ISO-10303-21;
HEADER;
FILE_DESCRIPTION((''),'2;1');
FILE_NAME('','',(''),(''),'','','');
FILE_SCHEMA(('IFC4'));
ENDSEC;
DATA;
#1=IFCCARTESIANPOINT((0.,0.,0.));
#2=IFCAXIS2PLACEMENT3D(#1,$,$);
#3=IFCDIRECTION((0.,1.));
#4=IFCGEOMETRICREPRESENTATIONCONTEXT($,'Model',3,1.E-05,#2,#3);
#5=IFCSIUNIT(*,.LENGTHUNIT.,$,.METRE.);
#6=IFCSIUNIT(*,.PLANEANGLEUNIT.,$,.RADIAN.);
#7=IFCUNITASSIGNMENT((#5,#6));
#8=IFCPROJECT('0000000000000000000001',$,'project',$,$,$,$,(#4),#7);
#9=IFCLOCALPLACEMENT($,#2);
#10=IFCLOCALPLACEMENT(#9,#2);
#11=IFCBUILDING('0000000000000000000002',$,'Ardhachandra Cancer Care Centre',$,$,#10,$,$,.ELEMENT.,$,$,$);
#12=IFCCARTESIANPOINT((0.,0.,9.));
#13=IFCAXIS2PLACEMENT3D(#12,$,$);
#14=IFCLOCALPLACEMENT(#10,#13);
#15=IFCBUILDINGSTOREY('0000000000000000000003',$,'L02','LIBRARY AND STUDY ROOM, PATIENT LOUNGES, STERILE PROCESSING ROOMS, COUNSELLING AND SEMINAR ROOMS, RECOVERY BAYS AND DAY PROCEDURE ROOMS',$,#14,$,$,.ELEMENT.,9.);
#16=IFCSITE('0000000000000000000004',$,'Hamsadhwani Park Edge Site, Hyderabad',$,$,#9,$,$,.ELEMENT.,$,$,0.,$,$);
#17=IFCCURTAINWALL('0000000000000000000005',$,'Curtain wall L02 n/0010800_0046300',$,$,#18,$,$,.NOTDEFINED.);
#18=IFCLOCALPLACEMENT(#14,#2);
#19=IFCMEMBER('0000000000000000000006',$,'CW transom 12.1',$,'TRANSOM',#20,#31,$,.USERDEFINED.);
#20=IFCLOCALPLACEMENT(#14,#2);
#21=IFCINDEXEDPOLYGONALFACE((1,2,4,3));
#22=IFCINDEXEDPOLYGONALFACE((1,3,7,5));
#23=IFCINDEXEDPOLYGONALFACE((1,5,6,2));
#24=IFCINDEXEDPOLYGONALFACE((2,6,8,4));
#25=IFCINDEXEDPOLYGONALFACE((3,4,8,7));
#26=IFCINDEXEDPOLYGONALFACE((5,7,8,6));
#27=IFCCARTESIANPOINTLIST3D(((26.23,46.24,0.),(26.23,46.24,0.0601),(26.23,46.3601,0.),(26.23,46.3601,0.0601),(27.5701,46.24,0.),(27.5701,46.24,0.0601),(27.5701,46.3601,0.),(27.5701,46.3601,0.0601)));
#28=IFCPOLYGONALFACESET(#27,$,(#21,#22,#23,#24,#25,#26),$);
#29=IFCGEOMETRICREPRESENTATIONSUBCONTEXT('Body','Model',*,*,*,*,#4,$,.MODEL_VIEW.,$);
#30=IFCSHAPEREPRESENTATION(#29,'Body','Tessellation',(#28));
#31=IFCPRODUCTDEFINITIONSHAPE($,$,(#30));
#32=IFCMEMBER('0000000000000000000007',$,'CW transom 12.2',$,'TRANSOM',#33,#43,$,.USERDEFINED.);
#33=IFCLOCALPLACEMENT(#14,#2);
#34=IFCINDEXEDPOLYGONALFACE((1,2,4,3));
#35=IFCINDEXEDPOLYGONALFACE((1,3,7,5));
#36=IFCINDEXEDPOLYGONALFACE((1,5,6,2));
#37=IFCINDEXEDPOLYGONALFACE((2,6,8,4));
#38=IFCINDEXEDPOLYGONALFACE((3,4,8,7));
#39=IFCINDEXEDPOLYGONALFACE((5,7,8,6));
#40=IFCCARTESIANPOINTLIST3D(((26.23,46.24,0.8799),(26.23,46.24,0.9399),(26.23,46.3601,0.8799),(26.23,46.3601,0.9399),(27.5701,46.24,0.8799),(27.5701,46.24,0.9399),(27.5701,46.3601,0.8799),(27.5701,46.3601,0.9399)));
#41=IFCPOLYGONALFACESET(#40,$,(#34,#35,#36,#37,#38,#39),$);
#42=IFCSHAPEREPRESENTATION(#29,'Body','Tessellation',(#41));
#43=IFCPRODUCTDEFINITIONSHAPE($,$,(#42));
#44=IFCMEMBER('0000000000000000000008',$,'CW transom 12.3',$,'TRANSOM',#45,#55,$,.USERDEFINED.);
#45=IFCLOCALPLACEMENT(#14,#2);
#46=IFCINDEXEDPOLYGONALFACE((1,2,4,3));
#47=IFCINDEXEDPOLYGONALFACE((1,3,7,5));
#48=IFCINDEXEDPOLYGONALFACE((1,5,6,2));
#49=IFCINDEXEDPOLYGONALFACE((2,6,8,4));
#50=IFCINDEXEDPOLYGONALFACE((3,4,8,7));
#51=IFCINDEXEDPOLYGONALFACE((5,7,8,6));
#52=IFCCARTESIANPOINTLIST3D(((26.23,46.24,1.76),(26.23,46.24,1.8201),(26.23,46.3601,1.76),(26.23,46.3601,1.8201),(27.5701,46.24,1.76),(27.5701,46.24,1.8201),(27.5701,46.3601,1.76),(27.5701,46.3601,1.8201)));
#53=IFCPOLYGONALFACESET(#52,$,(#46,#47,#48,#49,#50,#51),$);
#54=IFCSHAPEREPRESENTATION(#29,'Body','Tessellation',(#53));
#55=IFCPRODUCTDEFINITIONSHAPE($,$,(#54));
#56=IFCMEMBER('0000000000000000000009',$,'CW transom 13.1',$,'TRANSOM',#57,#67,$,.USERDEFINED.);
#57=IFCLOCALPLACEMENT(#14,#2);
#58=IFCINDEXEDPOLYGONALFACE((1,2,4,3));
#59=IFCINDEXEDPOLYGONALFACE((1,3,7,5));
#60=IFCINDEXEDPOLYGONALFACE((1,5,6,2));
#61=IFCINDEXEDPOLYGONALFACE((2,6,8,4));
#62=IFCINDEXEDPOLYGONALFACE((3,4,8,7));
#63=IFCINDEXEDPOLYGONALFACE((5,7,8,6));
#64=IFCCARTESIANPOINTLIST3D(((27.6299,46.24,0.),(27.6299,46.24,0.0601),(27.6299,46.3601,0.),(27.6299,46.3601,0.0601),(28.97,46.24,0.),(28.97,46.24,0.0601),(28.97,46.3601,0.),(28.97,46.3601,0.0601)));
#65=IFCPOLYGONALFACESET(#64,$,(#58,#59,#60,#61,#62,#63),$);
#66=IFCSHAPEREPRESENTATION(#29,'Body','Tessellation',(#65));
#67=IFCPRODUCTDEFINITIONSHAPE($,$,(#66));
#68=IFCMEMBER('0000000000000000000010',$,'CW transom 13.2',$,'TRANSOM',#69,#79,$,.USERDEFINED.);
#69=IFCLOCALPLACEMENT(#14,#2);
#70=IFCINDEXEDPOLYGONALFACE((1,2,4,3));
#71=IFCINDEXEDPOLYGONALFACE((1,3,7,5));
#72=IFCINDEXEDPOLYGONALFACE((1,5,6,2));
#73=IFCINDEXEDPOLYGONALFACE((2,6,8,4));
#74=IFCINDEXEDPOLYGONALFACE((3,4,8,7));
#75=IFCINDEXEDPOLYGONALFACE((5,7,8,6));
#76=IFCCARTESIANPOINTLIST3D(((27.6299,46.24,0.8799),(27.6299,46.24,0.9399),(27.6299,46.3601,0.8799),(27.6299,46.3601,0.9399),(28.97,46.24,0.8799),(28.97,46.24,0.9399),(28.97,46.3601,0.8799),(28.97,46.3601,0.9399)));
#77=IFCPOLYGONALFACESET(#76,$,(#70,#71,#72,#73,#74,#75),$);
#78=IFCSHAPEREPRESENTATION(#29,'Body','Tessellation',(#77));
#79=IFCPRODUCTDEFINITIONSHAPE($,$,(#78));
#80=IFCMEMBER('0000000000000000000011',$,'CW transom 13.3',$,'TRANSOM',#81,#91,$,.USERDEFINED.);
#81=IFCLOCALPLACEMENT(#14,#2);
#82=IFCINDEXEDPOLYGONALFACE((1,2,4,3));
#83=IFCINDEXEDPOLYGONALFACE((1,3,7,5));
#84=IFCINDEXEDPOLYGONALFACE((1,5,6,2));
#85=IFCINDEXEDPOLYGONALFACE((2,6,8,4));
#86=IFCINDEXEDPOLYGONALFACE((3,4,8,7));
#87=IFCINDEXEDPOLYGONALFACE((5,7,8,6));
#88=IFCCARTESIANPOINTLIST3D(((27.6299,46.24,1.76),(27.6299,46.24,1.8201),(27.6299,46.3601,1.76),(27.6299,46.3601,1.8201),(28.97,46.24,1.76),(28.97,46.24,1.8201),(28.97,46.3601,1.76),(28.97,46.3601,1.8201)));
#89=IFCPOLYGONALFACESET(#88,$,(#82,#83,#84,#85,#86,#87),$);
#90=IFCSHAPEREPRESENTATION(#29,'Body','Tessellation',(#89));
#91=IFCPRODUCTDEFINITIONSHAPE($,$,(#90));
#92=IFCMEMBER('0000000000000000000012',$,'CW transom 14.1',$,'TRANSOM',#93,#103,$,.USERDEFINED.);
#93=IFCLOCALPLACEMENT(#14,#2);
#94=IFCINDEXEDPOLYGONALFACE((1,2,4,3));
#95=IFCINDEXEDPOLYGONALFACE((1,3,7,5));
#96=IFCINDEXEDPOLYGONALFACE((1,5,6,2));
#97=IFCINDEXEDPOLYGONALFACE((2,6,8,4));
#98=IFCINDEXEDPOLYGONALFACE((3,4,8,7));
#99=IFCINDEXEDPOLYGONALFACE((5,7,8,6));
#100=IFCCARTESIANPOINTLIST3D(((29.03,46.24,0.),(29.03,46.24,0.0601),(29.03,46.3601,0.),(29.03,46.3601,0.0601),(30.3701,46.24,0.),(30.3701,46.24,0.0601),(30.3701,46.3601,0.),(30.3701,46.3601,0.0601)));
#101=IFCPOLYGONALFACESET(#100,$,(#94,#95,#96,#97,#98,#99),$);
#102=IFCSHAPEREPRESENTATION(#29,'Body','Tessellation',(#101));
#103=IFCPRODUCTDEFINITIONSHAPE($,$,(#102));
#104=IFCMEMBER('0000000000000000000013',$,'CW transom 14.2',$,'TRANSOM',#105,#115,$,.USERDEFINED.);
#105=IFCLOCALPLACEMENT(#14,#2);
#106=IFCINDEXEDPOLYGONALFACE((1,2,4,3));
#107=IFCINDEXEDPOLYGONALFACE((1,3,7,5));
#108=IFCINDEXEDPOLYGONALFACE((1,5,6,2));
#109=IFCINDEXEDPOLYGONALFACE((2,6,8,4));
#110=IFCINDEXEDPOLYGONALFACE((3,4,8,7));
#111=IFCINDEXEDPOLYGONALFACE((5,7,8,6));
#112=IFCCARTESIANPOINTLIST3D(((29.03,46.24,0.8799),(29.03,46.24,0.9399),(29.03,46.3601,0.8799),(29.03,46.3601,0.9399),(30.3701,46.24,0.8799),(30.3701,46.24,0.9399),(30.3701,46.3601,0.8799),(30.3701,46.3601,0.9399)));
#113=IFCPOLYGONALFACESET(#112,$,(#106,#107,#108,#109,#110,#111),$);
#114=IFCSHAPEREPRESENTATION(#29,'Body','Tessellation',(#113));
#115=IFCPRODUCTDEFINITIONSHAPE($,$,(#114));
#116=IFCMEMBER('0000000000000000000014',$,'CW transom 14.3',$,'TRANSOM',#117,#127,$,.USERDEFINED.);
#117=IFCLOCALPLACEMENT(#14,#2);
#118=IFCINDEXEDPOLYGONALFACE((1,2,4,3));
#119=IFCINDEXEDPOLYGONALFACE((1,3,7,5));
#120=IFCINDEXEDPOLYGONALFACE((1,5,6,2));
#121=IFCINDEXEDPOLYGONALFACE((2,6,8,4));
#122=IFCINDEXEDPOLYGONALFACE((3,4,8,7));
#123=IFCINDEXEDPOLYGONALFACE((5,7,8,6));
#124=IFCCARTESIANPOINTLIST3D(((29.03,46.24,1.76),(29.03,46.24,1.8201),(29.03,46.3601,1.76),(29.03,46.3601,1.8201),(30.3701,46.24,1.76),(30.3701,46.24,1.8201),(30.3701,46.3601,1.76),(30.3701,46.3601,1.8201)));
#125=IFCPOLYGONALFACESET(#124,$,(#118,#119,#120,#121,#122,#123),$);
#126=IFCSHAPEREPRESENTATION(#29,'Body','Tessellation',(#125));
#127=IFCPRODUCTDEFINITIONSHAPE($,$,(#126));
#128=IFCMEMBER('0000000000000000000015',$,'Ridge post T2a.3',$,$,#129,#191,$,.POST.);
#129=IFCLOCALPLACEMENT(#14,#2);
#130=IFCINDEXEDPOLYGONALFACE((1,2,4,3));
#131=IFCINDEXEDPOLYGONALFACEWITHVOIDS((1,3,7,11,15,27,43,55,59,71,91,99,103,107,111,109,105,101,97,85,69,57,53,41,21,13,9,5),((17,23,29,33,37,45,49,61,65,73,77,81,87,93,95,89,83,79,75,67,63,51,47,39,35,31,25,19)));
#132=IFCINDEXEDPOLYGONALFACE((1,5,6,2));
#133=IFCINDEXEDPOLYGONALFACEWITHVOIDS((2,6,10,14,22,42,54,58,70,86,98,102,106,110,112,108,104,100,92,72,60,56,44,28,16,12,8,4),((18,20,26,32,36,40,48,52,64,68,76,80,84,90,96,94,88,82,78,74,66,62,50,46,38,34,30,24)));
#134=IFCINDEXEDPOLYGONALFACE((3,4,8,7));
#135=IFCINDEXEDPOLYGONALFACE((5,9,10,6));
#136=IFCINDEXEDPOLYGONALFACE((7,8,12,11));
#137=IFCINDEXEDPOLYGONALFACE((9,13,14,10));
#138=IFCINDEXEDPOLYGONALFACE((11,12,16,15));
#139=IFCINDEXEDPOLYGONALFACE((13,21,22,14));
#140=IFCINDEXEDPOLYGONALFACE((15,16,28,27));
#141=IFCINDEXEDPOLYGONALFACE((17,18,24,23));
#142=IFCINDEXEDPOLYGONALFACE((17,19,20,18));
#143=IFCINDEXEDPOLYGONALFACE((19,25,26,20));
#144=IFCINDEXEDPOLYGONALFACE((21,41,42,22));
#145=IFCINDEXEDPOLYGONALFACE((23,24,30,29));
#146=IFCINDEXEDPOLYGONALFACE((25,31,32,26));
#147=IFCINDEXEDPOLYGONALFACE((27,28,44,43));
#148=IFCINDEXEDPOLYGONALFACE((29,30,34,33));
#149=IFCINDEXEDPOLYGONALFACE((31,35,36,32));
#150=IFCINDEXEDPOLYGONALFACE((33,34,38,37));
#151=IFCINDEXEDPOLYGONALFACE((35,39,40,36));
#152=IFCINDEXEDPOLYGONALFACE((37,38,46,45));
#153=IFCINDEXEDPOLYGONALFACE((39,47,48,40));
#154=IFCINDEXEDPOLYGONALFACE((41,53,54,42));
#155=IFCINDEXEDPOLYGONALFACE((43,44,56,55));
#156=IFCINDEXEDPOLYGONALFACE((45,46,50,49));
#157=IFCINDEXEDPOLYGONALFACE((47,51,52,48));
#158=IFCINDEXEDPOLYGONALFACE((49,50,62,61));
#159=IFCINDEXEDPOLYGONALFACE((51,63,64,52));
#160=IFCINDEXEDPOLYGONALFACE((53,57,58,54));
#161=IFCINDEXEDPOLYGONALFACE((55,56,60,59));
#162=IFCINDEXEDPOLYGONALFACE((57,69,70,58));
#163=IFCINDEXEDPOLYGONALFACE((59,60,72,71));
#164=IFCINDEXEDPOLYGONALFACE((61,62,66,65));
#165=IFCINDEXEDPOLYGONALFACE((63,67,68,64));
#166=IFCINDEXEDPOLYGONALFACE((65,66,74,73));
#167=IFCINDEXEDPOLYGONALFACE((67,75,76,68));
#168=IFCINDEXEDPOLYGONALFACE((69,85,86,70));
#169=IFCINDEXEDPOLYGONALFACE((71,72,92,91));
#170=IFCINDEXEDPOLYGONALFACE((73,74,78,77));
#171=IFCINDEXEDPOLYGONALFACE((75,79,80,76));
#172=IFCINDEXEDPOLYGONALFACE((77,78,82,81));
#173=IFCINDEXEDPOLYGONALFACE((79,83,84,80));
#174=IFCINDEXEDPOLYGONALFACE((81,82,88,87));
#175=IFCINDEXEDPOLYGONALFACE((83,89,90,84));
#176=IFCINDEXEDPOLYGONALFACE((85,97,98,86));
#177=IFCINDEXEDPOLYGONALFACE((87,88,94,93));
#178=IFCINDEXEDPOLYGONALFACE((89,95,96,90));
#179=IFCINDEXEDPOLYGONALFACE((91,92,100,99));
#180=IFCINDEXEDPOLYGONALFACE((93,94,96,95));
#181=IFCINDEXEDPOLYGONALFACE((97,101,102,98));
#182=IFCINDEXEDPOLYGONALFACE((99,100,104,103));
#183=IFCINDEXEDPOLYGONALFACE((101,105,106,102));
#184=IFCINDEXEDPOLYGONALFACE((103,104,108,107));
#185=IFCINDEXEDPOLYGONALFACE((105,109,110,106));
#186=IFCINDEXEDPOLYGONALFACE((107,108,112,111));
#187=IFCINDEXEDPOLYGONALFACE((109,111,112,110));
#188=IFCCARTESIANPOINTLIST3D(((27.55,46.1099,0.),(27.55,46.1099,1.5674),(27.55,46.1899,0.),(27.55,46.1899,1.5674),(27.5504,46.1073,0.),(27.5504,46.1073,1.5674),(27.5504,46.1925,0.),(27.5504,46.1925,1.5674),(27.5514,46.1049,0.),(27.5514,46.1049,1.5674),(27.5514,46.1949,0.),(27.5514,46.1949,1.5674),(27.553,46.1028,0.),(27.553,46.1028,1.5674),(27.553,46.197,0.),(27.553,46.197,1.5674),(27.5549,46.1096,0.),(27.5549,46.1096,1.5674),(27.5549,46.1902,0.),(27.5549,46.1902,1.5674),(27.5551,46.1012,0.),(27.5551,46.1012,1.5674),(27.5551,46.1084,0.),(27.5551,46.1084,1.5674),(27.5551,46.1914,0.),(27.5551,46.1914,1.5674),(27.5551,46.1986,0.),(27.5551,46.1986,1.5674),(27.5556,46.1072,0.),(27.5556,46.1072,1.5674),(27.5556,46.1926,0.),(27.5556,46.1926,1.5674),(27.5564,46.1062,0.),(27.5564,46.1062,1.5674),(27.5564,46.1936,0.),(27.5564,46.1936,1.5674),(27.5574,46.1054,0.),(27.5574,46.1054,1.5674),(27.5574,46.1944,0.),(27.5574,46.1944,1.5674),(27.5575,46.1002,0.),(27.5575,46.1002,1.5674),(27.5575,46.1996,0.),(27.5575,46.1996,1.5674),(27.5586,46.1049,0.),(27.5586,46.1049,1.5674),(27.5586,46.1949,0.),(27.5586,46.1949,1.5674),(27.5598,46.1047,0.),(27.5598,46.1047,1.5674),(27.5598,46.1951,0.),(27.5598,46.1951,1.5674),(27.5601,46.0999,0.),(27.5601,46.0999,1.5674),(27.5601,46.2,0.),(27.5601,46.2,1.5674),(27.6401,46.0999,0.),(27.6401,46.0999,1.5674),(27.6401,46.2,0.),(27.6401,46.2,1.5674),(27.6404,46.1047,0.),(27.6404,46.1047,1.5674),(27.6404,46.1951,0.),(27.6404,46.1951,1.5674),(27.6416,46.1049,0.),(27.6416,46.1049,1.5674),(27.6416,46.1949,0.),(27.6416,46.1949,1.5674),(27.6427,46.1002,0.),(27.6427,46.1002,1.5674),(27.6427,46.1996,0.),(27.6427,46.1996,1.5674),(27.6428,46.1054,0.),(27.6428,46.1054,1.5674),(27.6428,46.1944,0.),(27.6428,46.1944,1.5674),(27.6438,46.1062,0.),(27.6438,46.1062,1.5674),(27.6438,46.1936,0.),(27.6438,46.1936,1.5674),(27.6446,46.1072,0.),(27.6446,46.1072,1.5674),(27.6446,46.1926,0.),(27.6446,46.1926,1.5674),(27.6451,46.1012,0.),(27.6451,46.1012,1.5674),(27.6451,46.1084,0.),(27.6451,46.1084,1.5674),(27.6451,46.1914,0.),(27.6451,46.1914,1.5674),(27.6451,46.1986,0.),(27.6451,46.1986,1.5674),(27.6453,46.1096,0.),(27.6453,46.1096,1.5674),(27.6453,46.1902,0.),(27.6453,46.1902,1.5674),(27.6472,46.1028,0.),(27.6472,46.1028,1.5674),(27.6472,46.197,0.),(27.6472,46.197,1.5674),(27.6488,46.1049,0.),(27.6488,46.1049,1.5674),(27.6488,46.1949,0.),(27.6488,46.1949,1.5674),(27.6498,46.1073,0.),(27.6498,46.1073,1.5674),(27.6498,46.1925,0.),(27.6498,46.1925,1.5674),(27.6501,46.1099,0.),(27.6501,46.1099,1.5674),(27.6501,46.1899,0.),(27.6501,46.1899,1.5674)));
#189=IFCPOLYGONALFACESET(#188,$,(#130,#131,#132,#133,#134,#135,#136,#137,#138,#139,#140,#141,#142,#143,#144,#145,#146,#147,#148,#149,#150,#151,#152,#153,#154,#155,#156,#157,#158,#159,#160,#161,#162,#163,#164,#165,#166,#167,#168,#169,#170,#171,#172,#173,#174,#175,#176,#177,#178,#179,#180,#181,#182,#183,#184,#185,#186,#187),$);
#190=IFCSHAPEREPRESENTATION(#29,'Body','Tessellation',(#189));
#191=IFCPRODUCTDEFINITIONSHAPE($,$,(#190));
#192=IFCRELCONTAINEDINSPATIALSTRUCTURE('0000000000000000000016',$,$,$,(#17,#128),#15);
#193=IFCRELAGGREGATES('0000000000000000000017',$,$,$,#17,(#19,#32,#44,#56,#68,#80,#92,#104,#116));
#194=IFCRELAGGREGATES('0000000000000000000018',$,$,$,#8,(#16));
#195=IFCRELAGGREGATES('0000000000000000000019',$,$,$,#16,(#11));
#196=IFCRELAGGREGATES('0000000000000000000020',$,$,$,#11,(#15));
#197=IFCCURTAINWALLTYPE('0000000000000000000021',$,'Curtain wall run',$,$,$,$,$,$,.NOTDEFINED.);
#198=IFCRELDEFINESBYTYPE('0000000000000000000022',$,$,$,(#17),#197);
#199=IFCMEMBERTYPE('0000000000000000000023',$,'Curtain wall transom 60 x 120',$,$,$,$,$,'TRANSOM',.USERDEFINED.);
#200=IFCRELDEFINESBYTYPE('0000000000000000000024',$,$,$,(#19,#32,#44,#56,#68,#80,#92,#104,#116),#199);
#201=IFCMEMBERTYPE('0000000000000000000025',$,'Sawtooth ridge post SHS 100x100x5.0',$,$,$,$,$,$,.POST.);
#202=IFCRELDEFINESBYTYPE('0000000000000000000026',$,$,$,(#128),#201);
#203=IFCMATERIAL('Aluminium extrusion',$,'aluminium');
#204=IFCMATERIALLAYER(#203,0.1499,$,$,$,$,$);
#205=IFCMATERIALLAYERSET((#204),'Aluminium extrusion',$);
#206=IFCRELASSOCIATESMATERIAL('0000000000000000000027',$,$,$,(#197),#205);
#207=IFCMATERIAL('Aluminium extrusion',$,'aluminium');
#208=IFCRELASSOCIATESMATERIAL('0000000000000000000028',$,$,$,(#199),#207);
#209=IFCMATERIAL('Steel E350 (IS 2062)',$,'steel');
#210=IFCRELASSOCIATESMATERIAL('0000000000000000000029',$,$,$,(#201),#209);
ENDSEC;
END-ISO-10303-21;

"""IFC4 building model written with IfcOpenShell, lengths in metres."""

from ifc_helpers import new_model, si_unit, direction, frame, origin, origin_2d, place, context, subcontext, project, spatial, rectangle, hollow_rectangle, extrude, material, layer, layer_set, material_profile, profile_set, type_object, element, aggregate, save


model = new_model("IFC4")

# Units and contexts
model_context = context("Model", 3, precision=1e-05, world=origin(), true_north=direction((0.0, 1.0)))
body_context = subcontext(model_context, "Body", "Model", "MODEL_VIEW")
ifc_project = project(units=[si_unit("LENGTHUNIT", "METRE"), si_unit("PLANEANGLEUNIT", "RADIAN")], contexts=[model_context])

# Site, building, storey
site_placement = place(None, origin())
site = spatial("IfcSite", under=ifc_project, at=site_placement, Name="Hamsadhwani Park Edge Site, Hyderabad", CompositionType="ELEMENT", RefElevation=0.0)
building_placement = place(site_placement, origin())
building = spatial("IfcBuilding", under=site, at=building_placement, Name="Ardhachandra Cancer Care Centre", CompositionType="ELEMENT")
storey_placement = place(building_placement, frame((0.0, 0.0, 9.0)))
storey = spatial("IfcBuildingStorey", under=building, at=storey_placement, Name="L02", Description="LIBRARY AND STUDY ROOM, PATIENT LOUNGES, STERILE PROCESSING ROOMS, COUNSELLING AND SEMINAR ROOMS, RECOVERY BAYS AND DAY PROCEDURE ROOMS", CompositionType="ELEMENT", Elevation=9.0)

# Curtain wall, members
ifc_material_1 = material(Name="Aluminium extrusion", Category="aluminium")
ifc_layer_1 = layer(ifc_material_1, 0.1499)
ifc_layer_set_1 = layer_set([ifc_layer_1], Name="Aluminium extrusion")
curtain_wall_type = type_object("IfcCurtainWallType", Name="Curtain wall run", PredefinedType="NOTDEFINED", material=ifc_layer_set_1)
curtain_wall_placement = place(storey_placement, origin())
curtain_wall = element("IfcCurtainWall", 1, at=curtain_wall_placement, inside=storey, type_object=curtain_wall_type, Name="Curtain wall L02 n/0010800_0046300", PredefinedType="NOTDEFINED")
ifc_material_2 = material(Name="Aluminium extrusion", Category="aluminium")
ifc_material_profile_1 = material_profile(ifc_material_2, rectangle(XDim=0.1201, YDim=0.0601, at=origin_2d()), Name="Curtain wall transom 60 x 120")
ifc_profile_set_1 = profile_set([ifc_material_profile_1], Name="Aluminium extrusion")
member_type_1 = type_object("IfcMemberType", Name="Curtain wall transom 60 x 120", ElementType="TRANSOM", PredefinedType="USERDEFINED", material=ifc_profile_set_1)
member_1_placement = place(storey_placement, frame((26.23, 46.3, 0.03), z_axis=(1.0, 0.0, 0.0), x_axis=(0.0, 1.0, 0.0)))
member_1 = element("IfcMember", 2, at=member_1_placement, type_object=member_type_1, Name="CW transom 12.1", ObjectType="TRANSOM", PredefinedType="USERDEFINED", context=body_context, shape_type="SweptSolid", body=[
    extrude(rectangle(XDim=0.1201, YDim=0.0601, at=origin_2d()), origin(), (0.0, 0.0, 1.0), 1.3401),
])
member_2_placement = place(storey_placement, frame((26.23, 46.3, 0.9099), z_axis=(1.0, 0.0, 0.0), x_axis=(0.0, 1.0, 0.0)))
member_2 = element("IfcMember", 3, at=member_2_placement, type_object=member_type_1, Name="CW transom 12.2", ObjectType="TRANSOM", PredefinedType="USERDEFINED", context=body_context, shape_type="SweptSolid", body=[
    extrude(rectangle(XDim=0.1201, YDim=0.0601, at=origin_2d()), origin(), (0.0, 0.0, 1.0), 1.3401),
])
member_3_placement = place(storey_placement, frame((26.23, 46.3, 1.79), z_axis=(1.0, 0.0, 0.0), x_axis=(0.0, 1.0, 0.0)))
member_3 = element("IfcMember", 4, at=member_3_placement, type_object=member_type_1, Name="CW transom 12.3", ObjectType="TRANSOM", PredefinedType="USERDEFINED", context=body_context, shape_type="SweptSolid", body=[
    extrude(rectangle(XDim=0.1201, YDim=0.0601, at=origin_2d()), origin(), (0.0, 0.0, 1.0), 1.3401),
])
member_4_placement = place(storey_placement, frame((27.6299, 46.3, 0.03), z_axis=(1.0, 0.0, 0.0), x_axis=(0.0, 1.0, 0.0)))
member_4 = element("IfcMember", 5, at=member_4_placement, type_object=member_type_1, Name="CW transom 13.1", ObjectType="TRANSOM", PredefinedType="USERDEFINED", context=body_context, shape_type="SweptSolid", body=[
    extrude(rectangle(XDim=0.1201, YDim=0.0601, at=origin_2d()), origin(), (0.0, 0.0, 1.0), 1.3401),
])
member_5_placement = place(storey_placement, frame((27.6299, 46.3, 0.9099), z_axis=(1.0, 0.0, 0.0), x_axis=(0.0, 1.0, 0.0)))
member_5 = element("IfcMember", 6, at=member_5_placement, type_object=member_type_1, Name="CW transom 13.2", ObjectType="TRANSOM", PredefinedType="USERDEFINED", context=body_context, shape_type="SweptSolid", body=[
    extrude(rectangle(XDim=0.1201, YDim=0.0601, at=origin_2d()), origin(), (0.0, 0.0, 1.0), 1.3401),
])
member_6_placement = place(storey_placement, frame((27.6299, 46.3, 1.79), z_axis=(1.0, 0.0, 0.0), x_axis=(0.0, 1.0, 0.0)))
member_6 = element("IfcMember", 7, at=member_6_placement, type_object=member_type_1, Name="CW transom 13.3", ObjectType="TRANSOM", PredefinedType="USERDEFINED", context=body_context, shape_type="SweptSolid", body=[
    extrude(rectangle(XDim=0.1201, YDim=0.0601, at=origin_2d()), origin(), (0.0, 0.0, 1.0), 1.3401),
])
member_7_placement = place(storey_placement, frame((29.03, 46.3, 0.03), z_axis=(1.0, 0.0, 0.0), x_axis=(0.0, 1.0, 0.0)))
member_7 = element("IfcMember", 8, at=member_7_placement, type_object=member_type_1, Name="CW transom 14.1", ObjectType="TRANSOM", PredefinedType="USERDEFINED", context=body_context, shape_type="SweptSolid", body=[
    extrude(rectangle(XDim=0.1201, YDim=0.0601, at=origin_2d()), origin(), (0.0, 0.0, 1.0), 1.3401),
])
member_8_placement = place(storey_placement, frame((29.03, 46.3, 0.9099), z_axis=(1.0, 0.0, 0.0), x_axis=(0.0, 1.0, 0.0)))
member_8 = element("IfcMember", 9, at=member_8_placement, type_object=member_type_1, Name="CW transom 14.2", ObjectType="TRANSOM", PredefinedType="USERDEFINED", context=body_context, shape_type="SweptSolid", body=[
    extrude(rectangle(XDim=0.1201, YDim=0.0601, at=origin_2d()), origin(), (0.0, 0.0, 1.0), 1.3401),
])
member_9_placement = place(storey_placement, frame((29.03, 46.3, 1.79), z_axis=(1.0, 0.0, 0.0), x_axis=(0.0, 1.0, 0.0)))
member_9 = element("IfcMember", 10, at=member_9_placement, type_object=member_type_1, Name="CW transom 14.3", ObjectType="TRANSOM", PredefinedType="USERDEFINED", context=body_context, shape_type="SweptSolid", body=[
    extrude(rectangle(XDim=0.1201, YDim=0.0601, at=origin_2d()), origin(), (0.0, 0.0, 1.0), 1.3401),
])

# Member
ifc_material_3 = material(Name="Steel E350 (IS 2062)", Category="steel")
ifc_material_profile_2 = material_profile(ifc_material_3, hollow_rectangle(XDim=0.1001, YDim=0.1001, WallThickness=0.0049, InnerFilletRadius=0.0049, OuterFilletRadius=0.01, at=origin_2d()), Name="SHS 100x100x5.0")
ifc_profile_set_2 = profile_set([ifc_material_profile_2], Name="Steel E350 (IS 2062)")
member_type_2 = type_object("IfcMemberType", Name="Sawtooth ridge post SHS 100x100x5.0", PredefinedType="POST", material=ifc_profile_set_2)
member_10_placement = place(storey_placement, frame((27.6001, 46.1499, 0.0), z_axis=(0.0, 0.0, 1.0), x_axis=(1.0, 0.0, 0.0)))
element("IfcMember", 11, at=member_10_placement, inside=storey, type_object=member_type_2, Name="Ridge post T2a.3", PredefinedType="POST", context=body_context, shape_type="SweptSolid", body=[
    extrude(hollow_rectangle(XDim=0.1001, YDim=0.1001, WallThickness=0.0049, InnerFilletRadius=0.0049, OuterFilletRadius=0.01, at=origin_2d()), origin(), (0.0, 0.0, 1.0), 1.5674),
])

aggregate(curtain_wall, [member_1, member_2, member_3, member_4, member_5, member_6, member_7, member_8, member_9])

save(model, "model.ifc")
